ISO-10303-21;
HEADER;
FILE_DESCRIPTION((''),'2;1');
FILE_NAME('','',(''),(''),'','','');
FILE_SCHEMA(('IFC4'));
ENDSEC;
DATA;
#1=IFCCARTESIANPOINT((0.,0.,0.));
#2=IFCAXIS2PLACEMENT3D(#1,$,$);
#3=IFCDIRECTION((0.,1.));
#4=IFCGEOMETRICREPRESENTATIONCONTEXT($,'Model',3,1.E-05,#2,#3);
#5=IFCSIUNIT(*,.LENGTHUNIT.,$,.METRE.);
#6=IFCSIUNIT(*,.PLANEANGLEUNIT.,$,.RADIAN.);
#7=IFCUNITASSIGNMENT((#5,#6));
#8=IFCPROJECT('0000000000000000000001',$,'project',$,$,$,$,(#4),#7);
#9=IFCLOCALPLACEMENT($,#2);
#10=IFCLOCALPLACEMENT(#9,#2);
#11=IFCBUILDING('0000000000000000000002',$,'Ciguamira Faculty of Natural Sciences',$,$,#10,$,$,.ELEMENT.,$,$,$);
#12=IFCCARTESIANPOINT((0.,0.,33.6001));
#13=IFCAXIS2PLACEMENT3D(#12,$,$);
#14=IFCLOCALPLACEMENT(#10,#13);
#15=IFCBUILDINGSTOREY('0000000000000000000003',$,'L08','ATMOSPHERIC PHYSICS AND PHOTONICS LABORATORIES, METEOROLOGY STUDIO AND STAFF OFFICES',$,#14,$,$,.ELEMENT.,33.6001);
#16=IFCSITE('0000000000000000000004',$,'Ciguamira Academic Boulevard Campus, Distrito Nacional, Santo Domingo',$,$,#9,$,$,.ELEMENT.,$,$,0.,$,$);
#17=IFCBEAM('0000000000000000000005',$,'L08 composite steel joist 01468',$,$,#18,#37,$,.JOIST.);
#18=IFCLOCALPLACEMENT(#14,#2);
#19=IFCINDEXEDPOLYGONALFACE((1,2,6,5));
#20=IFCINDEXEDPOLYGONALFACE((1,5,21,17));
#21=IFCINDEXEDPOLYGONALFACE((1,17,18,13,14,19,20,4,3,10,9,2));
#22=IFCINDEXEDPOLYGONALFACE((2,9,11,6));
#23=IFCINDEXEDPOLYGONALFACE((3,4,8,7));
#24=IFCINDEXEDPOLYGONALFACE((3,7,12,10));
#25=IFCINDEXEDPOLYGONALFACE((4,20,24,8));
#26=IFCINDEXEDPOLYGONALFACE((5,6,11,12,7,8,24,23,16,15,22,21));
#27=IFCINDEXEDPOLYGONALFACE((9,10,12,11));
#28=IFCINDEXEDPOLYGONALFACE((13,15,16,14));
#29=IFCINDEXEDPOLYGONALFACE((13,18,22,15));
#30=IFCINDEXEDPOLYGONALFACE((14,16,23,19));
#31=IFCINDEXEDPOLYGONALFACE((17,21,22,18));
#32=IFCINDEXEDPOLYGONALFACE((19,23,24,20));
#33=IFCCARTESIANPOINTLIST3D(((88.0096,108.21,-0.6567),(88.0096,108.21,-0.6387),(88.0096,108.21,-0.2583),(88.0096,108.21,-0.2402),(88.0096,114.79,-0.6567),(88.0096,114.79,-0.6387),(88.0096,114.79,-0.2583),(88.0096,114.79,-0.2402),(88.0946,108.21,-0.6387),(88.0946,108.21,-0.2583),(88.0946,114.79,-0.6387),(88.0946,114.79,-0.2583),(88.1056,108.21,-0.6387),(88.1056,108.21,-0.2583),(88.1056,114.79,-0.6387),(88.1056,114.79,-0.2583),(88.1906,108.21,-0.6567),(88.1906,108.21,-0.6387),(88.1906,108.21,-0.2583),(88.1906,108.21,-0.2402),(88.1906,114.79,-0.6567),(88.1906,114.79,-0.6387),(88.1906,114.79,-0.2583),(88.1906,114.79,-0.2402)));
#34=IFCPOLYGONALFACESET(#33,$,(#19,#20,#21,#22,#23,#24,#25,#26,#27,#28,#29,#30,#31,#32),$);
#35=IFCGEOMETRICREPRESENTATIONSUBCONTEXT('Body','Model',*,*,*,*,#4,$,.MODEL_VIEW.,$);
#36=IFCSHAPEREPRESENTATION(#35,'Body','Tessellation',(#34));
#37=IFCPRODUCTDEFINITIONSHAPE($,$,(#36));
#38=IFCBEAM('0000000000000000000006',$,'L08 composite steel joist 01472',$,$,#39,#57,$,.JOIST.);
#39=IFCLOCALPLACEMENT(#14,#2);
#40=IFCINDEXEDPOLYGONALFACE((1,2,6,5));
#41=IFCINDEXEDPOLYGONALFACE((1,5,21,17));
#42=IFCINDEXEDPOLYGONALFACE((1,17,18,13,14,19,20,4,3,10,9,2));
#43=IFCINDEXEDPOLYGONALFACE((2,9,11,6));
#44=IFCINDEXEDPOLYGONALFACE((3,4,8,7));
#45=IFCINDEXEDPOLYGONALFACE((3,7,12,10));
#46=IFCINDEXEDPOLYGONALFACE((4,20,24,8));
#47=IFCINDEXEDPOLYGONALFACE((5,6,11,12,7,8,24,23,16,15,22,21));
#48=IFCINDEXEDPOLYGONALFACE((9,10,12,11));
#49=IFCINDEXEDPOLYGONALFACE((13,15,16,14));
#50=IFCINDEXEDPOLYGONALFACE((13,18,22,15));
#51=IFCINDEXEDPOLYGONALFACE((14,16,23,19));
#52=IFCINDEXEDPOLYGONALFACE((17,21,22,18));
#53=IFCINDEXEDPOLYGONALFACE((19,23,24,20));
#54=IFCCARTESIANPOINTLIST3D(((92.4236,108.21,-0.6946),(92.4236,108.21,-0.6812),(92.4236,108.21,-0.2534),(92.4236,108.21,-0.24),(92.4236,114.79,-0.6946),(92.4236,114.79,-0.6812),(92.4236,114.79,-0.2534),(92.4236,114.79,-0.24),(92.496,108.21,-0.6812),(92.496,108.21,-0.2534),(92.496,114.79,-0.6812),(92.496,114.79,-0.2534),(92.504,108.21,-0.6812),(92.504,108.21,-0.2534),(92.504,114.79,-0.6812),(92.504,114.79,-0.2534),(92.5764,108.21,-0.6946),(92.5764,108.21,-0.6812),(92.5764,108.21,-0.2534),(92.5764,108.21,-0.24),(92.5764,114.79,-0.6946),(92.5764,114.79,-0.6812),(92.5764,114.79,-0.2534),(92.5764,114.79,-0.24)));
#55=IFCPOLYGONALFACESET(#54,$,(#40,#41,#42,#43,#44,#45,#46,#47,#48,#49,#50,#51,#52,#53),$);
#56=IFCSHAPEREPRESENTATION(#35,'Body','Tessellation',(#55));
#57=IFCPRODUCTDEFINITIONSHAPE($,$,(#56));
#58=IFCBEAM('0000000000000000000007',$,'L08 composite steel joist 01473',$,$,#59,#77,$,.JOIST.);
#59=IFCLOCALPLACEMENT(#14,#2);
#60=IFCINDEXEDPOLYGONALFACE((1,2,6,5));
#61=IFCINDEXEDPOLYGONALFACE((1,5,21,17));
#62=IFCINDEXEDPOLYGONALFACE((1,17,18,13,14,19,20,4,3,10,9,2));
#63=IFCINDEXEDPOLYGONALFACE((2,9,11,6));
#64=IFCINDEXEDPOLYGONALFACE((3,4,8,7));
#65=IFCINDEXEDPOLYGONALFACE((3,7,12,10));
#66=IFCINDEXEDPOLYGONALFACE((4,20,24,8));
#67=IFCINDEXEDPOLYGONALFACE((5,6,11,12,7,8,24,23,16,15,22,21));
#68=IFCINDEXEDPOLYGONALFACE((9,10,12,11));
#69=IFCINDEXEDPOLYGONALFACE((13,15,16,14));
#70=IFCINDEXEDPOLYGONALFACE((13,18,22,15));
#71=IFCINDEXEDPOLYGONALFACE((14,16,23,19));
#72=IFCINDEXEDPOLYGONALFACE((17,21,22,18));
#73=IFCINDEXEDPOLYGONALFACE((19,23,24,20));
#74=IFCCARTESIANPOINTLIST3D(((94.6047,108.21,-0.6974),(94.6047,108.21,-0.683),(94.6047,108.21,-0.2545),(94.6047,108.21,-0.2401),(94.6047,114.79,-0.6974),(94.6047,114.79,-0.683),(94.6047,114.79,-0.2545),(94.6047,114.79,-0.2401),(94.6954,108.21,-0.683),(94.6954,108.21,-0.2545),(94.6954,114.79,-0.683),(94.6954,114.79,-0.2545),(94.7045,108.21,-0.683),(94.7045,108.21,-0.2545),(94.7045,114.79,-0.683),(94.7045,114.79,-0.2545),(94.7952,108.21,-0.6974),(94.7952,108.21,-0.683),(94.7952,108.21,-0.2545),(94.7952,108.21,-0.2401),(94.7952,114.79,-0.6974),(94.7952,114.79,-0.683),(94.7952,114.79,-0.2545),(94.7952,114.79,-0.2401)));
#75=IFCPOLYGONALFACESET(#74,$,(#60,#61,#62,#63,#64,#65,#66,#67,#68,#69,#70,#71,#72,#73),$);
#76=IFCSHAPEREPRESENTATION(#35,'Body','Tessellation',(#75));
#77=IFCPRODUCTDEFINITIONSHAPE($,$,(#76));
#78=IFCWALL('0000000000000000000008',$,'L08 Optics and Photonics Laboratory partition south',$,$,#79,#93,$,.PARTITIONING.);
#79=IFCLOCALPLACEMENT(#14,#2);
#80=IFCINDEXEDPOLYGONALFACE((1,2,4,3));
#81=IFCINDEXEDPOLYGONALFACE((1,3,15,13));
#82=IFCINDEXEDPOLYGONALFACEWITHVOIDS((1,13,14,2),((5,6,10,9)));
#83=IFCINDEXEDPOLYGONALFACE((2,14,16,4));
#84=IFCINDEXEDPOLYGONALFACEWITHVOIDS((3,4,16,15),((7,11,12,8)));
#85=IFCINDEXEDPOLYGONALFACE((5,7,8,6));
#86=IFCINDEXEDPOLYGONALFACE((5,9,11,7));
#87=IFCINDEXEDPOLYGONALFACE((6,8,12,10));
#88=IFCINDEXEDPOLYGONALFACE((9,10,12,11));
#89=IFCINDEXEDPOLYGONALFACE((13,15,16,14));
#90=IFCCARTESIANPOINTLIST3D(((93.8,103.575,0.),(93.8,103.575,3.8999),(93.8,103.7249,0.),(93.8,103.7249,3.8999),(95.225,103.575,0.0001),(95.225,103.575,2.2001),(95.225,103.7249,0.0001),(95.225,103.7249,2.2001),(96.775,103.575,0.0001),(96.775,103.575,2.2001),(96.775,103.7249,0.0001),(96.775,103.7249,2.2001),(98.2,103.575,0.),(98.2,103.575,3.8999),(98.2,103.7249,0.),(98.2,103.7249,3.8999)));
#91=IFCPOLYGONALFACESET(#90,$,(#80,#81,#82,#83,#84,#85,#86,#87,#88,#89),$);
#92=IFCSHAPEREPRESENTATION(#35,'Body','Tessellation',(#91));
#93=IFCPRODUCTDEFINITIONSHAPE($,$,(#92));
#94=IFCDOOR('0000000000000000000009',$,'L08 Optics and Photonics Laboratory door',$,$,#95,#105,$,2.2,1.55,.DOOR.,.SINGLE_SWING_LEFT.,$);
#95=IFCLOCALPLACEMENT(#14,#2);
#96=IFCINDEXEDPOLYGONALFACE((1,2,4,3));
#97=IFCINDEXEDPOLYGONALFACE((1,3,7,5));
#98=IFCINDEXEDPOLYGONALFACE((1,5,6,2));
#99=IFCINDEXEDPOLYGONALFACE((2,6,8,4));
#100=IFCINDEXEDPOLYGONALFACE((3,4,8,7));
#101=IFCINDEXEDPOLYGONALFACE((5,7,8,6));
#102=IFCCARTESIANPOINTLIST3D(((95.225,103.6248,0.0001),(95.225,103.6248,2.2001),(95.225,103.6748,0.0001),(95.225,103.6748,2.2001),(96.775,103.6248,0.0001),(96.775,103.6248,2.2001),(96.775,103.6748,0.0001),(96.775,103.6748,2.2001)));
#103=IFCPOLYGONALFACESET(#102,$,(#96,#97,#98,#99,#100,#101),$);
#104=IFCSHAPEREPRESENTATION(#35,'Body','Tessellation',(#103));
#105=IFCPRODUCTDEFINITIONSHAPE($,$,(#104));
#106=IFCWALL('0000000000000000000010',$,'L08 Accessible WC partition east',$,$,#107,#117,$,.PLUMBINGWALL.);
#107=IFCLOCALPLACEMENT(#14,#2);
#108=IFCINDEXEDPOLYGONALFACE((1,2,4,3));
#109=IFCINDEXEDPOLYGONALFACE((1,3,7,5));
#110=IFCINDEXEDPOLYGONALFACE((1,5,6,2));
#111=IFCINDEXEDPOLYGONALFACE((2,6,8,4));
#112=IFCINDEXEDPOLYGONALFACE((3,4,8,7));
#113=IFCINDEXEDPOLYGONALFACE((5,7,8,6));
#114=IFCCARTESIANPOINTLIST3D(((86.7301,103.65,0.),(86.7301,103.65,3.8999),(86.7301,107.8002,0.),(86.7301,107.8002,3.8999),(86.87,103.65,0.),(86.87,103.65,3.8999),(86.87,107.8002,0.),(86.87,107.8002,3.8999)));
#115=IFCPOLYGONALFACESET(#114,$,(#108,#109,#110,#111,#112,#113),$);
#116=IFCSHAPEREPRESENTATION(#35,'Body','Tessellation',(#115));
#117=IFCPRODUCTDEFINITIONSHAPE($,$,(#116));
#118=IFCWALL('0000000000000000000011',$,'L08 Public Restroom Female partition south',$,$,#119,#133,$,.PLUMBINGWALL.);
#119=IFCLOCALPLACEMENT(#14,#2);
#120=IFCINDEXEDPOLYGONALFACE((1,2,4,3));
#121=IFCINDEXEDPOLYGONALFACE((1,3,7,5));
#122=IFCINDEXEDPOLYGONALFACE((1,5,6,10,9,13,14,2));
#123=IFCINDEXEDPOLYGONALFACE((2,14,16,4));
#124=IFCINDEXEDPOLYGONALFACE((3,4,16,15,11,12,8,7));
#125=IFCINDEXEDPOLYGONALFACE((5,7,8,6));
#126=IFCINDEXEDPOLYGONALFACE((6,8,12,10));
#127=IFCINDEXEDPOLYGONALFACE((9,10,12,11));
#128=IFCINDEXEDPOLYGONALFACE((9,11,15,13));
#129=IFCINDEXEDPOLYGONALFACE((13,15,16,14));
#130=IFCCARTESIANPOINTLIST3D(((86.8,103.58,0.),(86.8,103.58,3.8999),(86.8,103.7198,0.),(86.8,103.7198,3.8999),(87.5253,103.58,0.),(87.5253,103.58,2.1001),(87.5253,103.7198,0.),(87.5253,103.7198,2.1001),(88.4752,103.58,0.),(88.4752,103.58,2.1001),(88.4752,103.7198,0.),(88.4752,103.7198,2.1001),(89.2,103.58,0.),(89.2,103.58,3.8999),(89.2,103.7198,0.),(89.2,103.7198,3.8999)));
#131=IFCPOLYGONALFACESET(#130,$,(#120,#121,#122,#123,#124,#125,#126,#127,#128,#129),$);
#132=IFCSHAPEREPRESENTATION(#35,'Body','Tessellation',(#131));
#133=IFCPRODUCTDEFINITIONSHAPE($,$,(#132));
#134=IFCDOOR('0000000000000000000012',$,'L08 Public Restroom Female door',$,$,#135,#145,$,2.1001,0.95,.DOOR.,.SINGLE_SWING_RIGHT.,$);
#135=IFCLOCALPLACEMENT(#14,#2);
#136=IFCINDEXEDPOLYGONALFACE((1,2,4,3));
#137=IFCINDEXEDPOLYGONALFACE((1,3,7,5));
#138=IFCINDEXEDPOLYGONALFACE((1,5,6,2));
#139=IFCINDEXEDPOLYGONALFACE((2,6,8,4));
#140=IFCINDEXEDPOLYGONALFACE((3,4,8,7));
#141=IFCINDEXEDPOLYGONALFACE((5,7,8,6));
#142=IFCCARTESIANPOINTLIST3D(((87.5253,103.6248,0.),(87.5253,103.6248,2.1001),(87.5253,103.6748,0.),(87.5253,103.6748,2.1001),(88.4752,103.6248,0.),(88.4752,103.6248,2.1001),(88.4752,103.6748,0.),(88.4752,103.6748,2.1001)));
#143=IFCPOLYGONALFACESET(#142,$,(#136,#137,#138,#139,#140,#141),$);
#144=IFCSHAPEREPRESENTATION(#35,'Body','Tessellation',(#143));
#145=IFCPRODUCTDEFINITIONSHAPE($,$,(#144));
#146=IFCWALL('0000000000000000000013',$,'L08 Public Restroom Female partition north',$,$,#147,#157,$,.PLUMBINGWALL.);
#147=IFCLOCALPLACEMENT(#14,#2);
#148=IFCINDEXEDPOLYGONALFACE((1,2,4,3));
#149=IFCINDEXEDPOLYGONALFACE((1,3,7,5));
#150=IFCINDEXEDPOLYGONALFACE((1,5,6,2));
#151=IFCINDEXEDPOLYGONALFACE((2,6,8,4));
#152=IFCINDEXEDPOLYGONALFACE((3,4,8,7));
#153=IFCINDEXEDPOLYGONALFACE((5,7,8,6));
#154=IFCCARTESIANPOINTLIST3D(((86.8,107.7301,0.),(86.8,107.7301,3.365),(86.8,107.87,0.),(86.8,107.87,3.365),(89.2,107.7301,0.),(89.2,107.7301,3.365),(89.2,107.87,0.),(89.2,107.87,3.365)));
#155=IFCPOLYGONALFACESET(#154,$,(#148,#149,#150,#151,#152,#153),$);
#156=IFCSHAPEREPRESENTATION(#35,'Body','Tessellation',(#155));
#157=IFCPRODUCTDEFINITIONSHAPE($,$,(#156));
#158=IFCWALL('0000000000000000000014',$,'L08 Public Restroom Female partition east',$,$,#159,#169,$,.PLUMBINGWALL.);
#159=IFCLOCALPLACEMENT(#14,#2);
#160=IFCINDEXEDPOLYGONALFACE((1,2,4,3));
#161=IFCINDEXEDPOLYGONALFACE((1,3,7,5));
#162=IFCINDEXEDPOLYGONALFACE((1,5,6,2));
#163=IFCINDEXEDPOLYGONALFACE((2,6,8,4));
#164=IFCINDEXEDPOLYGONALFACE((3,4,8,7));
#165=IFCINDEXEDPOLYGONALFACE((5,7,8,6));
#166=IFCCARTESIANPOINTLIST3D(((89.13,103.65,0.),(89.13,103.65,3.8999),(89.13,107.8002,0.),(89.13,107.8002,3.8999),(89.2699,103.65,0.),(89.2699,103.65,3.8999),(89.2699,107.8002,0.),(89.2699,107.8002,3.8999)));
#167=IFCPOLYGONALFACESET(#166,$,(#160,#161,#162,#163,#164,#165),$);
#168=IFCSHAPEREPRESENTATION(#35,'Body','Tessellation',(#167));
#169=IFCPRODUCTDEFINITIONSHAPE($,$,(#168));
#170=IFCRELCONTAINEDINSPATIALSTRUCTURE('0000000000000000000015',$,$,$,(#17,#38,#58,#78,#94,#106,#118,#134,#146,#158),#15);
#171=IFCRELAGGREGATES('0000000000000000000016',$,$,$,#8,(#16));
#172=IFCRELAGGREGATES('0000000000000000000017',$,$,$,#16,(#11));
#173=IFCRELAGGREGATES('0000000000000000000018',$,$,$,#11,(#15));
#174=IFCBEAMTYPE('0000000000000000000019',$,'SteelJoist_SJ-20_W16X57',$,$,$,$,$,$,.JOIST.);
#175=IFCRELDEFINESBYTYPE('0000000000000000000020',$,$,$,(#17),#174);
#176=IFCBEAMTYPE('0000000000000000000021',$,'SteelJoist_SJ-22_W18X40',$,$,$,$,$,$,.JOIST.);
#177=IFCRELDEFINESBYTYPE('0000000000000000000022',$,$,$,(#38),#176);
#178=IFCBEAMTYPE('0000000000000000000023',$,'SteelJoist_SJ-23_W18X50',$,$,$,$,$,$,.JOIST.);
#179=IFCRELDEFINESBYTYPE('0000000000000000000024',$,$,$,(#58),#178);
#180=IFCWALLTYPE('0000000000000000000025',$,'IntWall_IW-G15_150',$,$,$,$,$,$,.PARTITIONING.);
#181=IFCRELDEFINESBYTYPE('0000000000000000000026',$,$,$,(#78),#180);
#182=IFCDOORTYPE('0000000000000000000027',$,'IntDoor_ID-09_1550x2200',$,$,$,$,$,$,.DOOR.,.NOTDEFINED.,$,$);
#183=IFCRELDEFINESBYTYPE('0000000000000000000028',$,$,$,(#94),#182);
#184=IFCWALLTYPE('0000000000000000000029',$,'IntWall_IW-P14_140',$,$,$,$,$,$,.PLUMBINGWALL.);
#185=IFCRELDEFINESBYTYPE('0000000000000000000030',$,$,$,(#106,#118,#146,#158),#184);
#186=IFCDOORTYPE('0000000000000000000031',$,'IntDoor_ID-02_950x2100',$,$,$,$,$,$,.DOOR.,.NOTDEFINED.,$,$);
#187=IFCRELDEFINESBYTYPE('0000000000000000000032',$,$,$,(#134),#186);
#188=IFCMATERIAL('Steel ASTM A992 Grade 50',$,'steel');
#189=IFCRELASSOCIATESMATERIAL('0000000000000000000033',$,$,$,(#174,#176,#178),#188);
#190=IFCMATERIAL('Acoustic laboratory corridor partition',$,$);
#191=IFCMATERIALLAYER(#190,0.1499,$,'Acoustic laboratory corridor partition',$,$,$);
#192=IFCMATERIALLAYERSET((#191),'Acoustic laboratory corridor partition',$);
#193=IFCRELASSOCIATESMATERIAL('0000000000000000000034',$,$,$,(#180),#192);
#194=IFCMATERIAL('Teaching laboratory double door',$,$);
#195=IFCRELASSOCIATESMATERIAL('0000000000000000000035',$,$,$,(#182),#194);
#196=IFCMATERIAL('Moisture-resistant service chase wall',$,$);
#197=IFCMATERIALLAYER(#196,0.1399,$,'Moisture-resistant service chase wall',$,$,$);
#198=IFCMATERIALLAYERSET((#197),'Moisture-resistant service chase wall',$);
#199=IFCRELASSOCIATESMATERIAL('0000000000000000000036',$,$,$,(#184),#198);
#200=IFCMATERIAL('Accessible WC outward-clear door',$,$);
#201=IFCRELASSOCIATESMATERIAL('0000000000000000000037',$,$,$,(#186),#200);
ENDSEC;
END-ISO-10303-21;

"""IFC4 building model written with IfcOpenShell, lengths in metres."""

from ifc_helpers import new_model, si_unit, direction, frame, frame_2d, origin, origin_2d, place, context, subcontext, project, spatial, rectangle, i_section, extrude, material, layer, layer_set, material_profile, profile_set, type_object, element, fill, save


model = new_model("IFC4")

# Units and contexts
model_context = context("Model", 3, precision=1e-05, world=origin(), true_north=direction((0.0, 1.0)))
body_context = subcontext(model_context, "Body", "Model", "MODEL_VIEW")
ifc_project = project(units=[si_unit("LENGTHUNIT", "METRE"), si_unit("PLANEANGLEUNIT", "RADIAN")], contexts=[model_context])

# Site, building, storey
site_placement = place(None, origin())
site = spatial("IfcSite", under=ifc_project, at=site_placement, Name="Ciguamira Academic Boulevard Campus, Distrito Nacional, Santo Domingo", CompositionType="ELEMENT", RefElevation=0.0)
building_placement = place(site_placement, origin())
building = spatial("IfcBuilding", under=site, at=building_placement, Name="Ciguamira Faculty of Natural Sciences", CompositionType="ELEMENT")
storey_placement = place(building_placement, frame((0.0, 0.0, 33.6001)))
storey = spatial("IfcBuildingStorey", under=building, at=storey_placement, Name="L08", Description="ATMOSPHERIC PHYSICS AND PHOTONICS LABORATORIES, METEOROLOGY STUDIO AND STAFF OFFICES", CompositionType="ELEMENT", Elevation=33.6001)

# Beams
ifc_material_1 = material(Name="Steel ASTM A992 Grade 50", Category="steel")
ifc_material_profile_1 = material_profile(ifc_material_1, i_section(OverallWidth=0.1809, OverallDepth=0.4165, WebThickness=0.011, FlangeThickness=0.0181, at=origin_2d()), Name="W16X57")
ifc_profile_set_1 = profile_set([ifc_material_profile_1], Name="Steel ASTM A992 Grade 50")
beam_type_1 = type_object("IfcBeamType", Name="SteelJoist_SJ-20_W16X57", PredefinedType="JOIST", material=ifc_profile_set_1)
beam_1_placement = place(storey_placement, frame((88.1001, 108.21, -0.4485), z_axis=(0.0, 1.0, 0.0), x_axis=(-1.0, 0.0, 0.0)))
element("IfcBeam", 1, at=beam_1_placement, inside=storey, type_object=beam_type_1, Name="L08 composite steel joist 01468", PredefinedType="JOIST", context=body_context, shape_type="SweptSolid", body=[
    extrude(i_section(OverallWidth=0.1809, OverallDepth=0.4165, WebThickness=0.011, FlangeThickness=0.0181, at=origin_2d()), origin(), (0.0, 0.0, 1.0), 6.5801),
])
ifc_material_profile_2 = material_profile(ifc_material_1, i_section(OverallWidth=0.1528, OverallDepth=0.4546, WebThickness=0.0081, FlangeThickness=0.0134, at=origin_2d()), Name="W18X40")
ifc_profile_set_2 = profile_set([ifc_material_profile_2], Name="Steel ASTM A992 Grade 50")
beam_type_2 = type_object("IfcBeamType", Name="SteelJoist_SJ-22_W18X40", PredefinedType="JOIST", material=ifc_profile_set_2)
beam_2_placement = place(storey_placement, frame((92.5, 108.21, -0.4673), z_axis=(0.0, 1.0, 0.0), x_axis=(-1.0, 0.0, 0.0)))
element("IfcBeam", 2, at=beam_2_placement, inside=storey, type_object=beam_type_2, Name="L08 composite steel joist 01472", PredefinedType="JOIST", context=body_context, shape_type="SweptSolid", body=[
    extrude(i_section(OverallWidth=0.1528, OverallDepth=0.4546, WebThickness=0.0081, FlangeThickness=0.0134, at=origin_2d()), origin(), (0.0, 0.0, 1.0), 6.5801),
])
ifc_material_profile_3 = material_profile(ifc_material_1, i_section(OverallWidth=0.1904, OverallDepth=0.4573, WebThickness=0.009, FlangeThickness=0.0144, at=origin_2d()), Name="W18X50")
ifc_profile_set_3 = profile_set([ifc_material_profile_3], Name="Steel ASTM A992 Grade 50")
beam_type_3 = type_object("IfcBeamType", Name="SteelJoist_SJ-23_W18X50", PredefinedType="JOIST", material=ifc_profile_set_3)
beam_3_placement = place(storey_placement, frame((94.7, 108.21, -0.4688), z_axis=(0.0, 1.0, 0.0), x_axis=(-1.0, 0.0, 0.0)))
element("IfcBeam", 3, at=beam_3_placement, inside=storey, type_object=beam_type_3, Name="L08 composite steel joist 01473", PredefinedType="JOIST", context=body_context, shape_type="SweptSolid", body=[
    extrude(i_section(OverallWidth=0.1904, OverallDepth=0.4573, WebThickness=0.009, FlangeThickness=0.0144, at=origin_2d()), origin(), (0.0, 0.0, 1.0), 6.5801),
])

# Wall, opening, door
ifc_material_2 = material(Name="Acoustic laboratory corridor partition")
ifc_layer_1 = layer(ifc_material_2, 0.1499, Name="Acoustic laboratory corridor partition")
ifc_layer_set_1 = layer_set([ifc_layer_1], Name="Acoustic laboratory corridor partition")
wall_type_1 = type_object("IfcWallType", Name="IntWall_IW-G15_150", PredefinedType="PARTITIONING", material=ifc_layer_set_1)
wall_1_placement = place(storey_placement, frame((93.8, 103.6499, 0.0), z_axis=(0.0, 0.0, 1.0), x_axis=(1.0, 0.0, 0.0)))
wall_1 = element("IfcWall", 4, at=wall_1_placement, inside=storey, type_object=wall_type_1, Name="L08 Optics and Photonics Laboratory partition south", PredefinedType="PARTITIONING", context=body_context, shape_type="SweptSolid", body=[
    extrude(rectangle(XDim=4.3999, YDim=0.1499, at=frame_2d((2.2, 0.0))), origin(), (0.0, 0.0, 1.0), 3.8999),
])
opening_1_placement = place(wall_1_placement, frame((1.425, 0.0, 0.0)))
opening_1 = element("IfcOpeningElement", 5, at=opening_1_placement, cuts=wall_1, PredefinedType="OPENING", context=body_context, shape_type="SweptSolid", body=[
    extrude(rectangle(XDim=1.55, YDim=2.2, at=frame_2d((0.7749, 1.1001))), frame((0.0, 0.085, 0.0), z_axis=(0.0, -1.0, 0.0), x_axis=(1.0, 0.0, 0.0)), (0.0, 0.0, 1.0), 0.1699),
])
ifc_material_3 = material(Name="Teaching laboratory double door")
door_type_1 = type_object("IfcDoorType", Name="IntDoor_ID-09_1550x2200", OperationType="NOTDEFINED", PredefinedType="DOOR", material=ifc_material_3)
door_1_placement = place(opening_1_placement, origin())
door_1 = element("IfcDoor", 6, at=door_1_placement, inside=storey, type_object=door_type_1, Name="L08 Optics and Photonics Laboratory door", OperationType="SINGLE_SWING_LEFT", OverallHeight=2.2, OverallWidth=1.55, PredefinedType="DOOR", context=body_context, shape_type="SweptSolid", body=[
    extrude(rectangle(XDim=1.55, YDim=2.2, at=frame_2d((0.7749, 1.1001))), frame((0.0, 0.0249, 0.0), z_axis=(0.0, -1.0, 0.0), x_axis=(1.0, 0.0, 0.0)), (0.0, 0.0, 1.0), 0.05),
])
fill(opening_1, door_1)

# Wall
ifc_material_4 = material(Name="Moisture-resistant service chase wall")
ifc_layer_2 = layer(ifc_material_4, 0.1399, Name="Moisture-resistant service chase wall")
ifc_layer_set_2 = layer_set([ifc_layer_2], Name="Moisture-resistant service chase wall")
wall_type_2 = type_object("IfcWallType", Name="IntWall_IW-P14_140", PredefinedType="PLUMBINGWALL", material=ifc_layer_set_2)
wall_2_placement = place(storey_placement, frame((86.8, 103.6499, 0.0), z_axis=(0.0, 0.0, 1.0), x_axis=(0.0, 1.0, 0.0)))
element("IfcWall", 7, at=wall_2_placement, inside=storey, type_object=wall_type_2, Name="L08 Accessible WC partition east", PredefinedType="PLUMBINGWALL", context=body_context, shape_type="SweptSolid", body=[
    extrude(rectangle(XDim=4.1501, YDim=0.1399, at=frame_2d((2.0752, 0.0))), origin(), (0.0, 0.0, 1.0), 3.8999),
])

# Wall, opening, door
wall_3_placement = place(storey_placement, frame((86.8, 103.6499, 0.0), z_axis=(0.0, 0.0, 1.0), x_axis=(1.0, 0.0, 0.0)))
wall_3 = element("IfcWall", 8, at=wall_3_placement, inside=storey, type_object=wall_type_2, Name="L08 Public Restroom Female partition south", PredefinedType="PLUMBINGWALL", context=body_context, shape_type="SweptSolid", body=[
    extrude(rectangle(XDim=2.3999, YDim=0.1399, at=frame_2d((1.2, 0.0))), origin(), (0.0, 0.0, 1.0), 3.8999),
])
opening_2_placement = place(wall_3_placement, frame((0.7251, 0.0, 0.0)))
opening_2 = element("IfcOpeningElement", 9, at=opening_2_placement, cuts=wall_3, PredefinedType="OPENING", context=body_context, shape_type="SweptSolid", body=[
    extrude(rectangle(XDim=0.95, YDim=2.1001, at=frame_2d((0.4751, 1.05))), frame((0.0, 0.0798, 0.0), z_axis=(0.0, -1.0, 0.0), x_axis=(1.0, 0.0, 0.0)), (0.0, 0.0, 1.0), 0.1599),
])
ifc_material_5 = material(Name="Accessible WC outward-clear door")
door_type_2 = type_object("IfcDoorType", Name="IntDoor_ID-02_950x2100", OperationType="NOTDEFINED", PredefinedType="DOOR", material=ifc_material_5)
door_2_placement = place(opening_2_placement, origin())
door_2 = element("IfcDoor", 10, at=door_2_placement, inside=storey, type_object=door_type_2, Name="L08 Public Restroom Female door", OperationType="SINGLE_SWING_RIGHT", OverallHeight=2.1001, OverallWidth=0.95, PredefinedType="DOOR", context=body_context, shape_type="SweptSolid", body=[
    extrude(rectangle(XDim=0.95, YDim=2.1001, at=frame_2d((0.4751, 1.05))), frame((0.0, 0.0249, 0.0), z_axis=(0.0, -1.0, 0.0), x_axis=(1.0, 0.0, 0.0)), (0.0, 0.0, 1.0), 0.05),
])
fill(opening_2, door_2)

# Walls
wall_4_placement = place(storey_placement, frame((86.8, 107.8, 0.0), z_axis=(0.0, 0.0, 1.0), x_axis=(1.0, 0.0, 0.0)))
element("IfcWall", 11, at=wall_4_placement, inside=storey, type_object=wall_type_2, Name="L08 Public Restroom Female partition north", PredefinedType="PLUMBINGWALL", context=body_context, shape_type="SweptSolid", body=[
    extrude(rectangle(XDim=2.3999, YDim=0.1399, at=frame_2d((1.2, 0.0))), origin(), (0.0, 0.0, 1.0), 3.365),
])
wall_5_placement = place(storey_placement, frame((89.2, 103.6499, 0.0), z_axis=(0.0, 0.0, 1.0), x_axis=(0.0, 1.0, 0.0)))
element("IfcWall", 12, at=wall_5_placement, inside=storey, type_object=wall_type_2, Name="L08 Public Restroom Female partition east", PredefinedType="PLUMBINGWALL", context=body_context, shape_type="SweptSolid", body=[
    extrude(rectangle(XDim=4.1501, YDim=0.1399, at=frame_2d((2.0752, 0.0))), origin(), (0.0, 0.0, 1.0), 3.8999),
])

save(model, "model.ifc")
